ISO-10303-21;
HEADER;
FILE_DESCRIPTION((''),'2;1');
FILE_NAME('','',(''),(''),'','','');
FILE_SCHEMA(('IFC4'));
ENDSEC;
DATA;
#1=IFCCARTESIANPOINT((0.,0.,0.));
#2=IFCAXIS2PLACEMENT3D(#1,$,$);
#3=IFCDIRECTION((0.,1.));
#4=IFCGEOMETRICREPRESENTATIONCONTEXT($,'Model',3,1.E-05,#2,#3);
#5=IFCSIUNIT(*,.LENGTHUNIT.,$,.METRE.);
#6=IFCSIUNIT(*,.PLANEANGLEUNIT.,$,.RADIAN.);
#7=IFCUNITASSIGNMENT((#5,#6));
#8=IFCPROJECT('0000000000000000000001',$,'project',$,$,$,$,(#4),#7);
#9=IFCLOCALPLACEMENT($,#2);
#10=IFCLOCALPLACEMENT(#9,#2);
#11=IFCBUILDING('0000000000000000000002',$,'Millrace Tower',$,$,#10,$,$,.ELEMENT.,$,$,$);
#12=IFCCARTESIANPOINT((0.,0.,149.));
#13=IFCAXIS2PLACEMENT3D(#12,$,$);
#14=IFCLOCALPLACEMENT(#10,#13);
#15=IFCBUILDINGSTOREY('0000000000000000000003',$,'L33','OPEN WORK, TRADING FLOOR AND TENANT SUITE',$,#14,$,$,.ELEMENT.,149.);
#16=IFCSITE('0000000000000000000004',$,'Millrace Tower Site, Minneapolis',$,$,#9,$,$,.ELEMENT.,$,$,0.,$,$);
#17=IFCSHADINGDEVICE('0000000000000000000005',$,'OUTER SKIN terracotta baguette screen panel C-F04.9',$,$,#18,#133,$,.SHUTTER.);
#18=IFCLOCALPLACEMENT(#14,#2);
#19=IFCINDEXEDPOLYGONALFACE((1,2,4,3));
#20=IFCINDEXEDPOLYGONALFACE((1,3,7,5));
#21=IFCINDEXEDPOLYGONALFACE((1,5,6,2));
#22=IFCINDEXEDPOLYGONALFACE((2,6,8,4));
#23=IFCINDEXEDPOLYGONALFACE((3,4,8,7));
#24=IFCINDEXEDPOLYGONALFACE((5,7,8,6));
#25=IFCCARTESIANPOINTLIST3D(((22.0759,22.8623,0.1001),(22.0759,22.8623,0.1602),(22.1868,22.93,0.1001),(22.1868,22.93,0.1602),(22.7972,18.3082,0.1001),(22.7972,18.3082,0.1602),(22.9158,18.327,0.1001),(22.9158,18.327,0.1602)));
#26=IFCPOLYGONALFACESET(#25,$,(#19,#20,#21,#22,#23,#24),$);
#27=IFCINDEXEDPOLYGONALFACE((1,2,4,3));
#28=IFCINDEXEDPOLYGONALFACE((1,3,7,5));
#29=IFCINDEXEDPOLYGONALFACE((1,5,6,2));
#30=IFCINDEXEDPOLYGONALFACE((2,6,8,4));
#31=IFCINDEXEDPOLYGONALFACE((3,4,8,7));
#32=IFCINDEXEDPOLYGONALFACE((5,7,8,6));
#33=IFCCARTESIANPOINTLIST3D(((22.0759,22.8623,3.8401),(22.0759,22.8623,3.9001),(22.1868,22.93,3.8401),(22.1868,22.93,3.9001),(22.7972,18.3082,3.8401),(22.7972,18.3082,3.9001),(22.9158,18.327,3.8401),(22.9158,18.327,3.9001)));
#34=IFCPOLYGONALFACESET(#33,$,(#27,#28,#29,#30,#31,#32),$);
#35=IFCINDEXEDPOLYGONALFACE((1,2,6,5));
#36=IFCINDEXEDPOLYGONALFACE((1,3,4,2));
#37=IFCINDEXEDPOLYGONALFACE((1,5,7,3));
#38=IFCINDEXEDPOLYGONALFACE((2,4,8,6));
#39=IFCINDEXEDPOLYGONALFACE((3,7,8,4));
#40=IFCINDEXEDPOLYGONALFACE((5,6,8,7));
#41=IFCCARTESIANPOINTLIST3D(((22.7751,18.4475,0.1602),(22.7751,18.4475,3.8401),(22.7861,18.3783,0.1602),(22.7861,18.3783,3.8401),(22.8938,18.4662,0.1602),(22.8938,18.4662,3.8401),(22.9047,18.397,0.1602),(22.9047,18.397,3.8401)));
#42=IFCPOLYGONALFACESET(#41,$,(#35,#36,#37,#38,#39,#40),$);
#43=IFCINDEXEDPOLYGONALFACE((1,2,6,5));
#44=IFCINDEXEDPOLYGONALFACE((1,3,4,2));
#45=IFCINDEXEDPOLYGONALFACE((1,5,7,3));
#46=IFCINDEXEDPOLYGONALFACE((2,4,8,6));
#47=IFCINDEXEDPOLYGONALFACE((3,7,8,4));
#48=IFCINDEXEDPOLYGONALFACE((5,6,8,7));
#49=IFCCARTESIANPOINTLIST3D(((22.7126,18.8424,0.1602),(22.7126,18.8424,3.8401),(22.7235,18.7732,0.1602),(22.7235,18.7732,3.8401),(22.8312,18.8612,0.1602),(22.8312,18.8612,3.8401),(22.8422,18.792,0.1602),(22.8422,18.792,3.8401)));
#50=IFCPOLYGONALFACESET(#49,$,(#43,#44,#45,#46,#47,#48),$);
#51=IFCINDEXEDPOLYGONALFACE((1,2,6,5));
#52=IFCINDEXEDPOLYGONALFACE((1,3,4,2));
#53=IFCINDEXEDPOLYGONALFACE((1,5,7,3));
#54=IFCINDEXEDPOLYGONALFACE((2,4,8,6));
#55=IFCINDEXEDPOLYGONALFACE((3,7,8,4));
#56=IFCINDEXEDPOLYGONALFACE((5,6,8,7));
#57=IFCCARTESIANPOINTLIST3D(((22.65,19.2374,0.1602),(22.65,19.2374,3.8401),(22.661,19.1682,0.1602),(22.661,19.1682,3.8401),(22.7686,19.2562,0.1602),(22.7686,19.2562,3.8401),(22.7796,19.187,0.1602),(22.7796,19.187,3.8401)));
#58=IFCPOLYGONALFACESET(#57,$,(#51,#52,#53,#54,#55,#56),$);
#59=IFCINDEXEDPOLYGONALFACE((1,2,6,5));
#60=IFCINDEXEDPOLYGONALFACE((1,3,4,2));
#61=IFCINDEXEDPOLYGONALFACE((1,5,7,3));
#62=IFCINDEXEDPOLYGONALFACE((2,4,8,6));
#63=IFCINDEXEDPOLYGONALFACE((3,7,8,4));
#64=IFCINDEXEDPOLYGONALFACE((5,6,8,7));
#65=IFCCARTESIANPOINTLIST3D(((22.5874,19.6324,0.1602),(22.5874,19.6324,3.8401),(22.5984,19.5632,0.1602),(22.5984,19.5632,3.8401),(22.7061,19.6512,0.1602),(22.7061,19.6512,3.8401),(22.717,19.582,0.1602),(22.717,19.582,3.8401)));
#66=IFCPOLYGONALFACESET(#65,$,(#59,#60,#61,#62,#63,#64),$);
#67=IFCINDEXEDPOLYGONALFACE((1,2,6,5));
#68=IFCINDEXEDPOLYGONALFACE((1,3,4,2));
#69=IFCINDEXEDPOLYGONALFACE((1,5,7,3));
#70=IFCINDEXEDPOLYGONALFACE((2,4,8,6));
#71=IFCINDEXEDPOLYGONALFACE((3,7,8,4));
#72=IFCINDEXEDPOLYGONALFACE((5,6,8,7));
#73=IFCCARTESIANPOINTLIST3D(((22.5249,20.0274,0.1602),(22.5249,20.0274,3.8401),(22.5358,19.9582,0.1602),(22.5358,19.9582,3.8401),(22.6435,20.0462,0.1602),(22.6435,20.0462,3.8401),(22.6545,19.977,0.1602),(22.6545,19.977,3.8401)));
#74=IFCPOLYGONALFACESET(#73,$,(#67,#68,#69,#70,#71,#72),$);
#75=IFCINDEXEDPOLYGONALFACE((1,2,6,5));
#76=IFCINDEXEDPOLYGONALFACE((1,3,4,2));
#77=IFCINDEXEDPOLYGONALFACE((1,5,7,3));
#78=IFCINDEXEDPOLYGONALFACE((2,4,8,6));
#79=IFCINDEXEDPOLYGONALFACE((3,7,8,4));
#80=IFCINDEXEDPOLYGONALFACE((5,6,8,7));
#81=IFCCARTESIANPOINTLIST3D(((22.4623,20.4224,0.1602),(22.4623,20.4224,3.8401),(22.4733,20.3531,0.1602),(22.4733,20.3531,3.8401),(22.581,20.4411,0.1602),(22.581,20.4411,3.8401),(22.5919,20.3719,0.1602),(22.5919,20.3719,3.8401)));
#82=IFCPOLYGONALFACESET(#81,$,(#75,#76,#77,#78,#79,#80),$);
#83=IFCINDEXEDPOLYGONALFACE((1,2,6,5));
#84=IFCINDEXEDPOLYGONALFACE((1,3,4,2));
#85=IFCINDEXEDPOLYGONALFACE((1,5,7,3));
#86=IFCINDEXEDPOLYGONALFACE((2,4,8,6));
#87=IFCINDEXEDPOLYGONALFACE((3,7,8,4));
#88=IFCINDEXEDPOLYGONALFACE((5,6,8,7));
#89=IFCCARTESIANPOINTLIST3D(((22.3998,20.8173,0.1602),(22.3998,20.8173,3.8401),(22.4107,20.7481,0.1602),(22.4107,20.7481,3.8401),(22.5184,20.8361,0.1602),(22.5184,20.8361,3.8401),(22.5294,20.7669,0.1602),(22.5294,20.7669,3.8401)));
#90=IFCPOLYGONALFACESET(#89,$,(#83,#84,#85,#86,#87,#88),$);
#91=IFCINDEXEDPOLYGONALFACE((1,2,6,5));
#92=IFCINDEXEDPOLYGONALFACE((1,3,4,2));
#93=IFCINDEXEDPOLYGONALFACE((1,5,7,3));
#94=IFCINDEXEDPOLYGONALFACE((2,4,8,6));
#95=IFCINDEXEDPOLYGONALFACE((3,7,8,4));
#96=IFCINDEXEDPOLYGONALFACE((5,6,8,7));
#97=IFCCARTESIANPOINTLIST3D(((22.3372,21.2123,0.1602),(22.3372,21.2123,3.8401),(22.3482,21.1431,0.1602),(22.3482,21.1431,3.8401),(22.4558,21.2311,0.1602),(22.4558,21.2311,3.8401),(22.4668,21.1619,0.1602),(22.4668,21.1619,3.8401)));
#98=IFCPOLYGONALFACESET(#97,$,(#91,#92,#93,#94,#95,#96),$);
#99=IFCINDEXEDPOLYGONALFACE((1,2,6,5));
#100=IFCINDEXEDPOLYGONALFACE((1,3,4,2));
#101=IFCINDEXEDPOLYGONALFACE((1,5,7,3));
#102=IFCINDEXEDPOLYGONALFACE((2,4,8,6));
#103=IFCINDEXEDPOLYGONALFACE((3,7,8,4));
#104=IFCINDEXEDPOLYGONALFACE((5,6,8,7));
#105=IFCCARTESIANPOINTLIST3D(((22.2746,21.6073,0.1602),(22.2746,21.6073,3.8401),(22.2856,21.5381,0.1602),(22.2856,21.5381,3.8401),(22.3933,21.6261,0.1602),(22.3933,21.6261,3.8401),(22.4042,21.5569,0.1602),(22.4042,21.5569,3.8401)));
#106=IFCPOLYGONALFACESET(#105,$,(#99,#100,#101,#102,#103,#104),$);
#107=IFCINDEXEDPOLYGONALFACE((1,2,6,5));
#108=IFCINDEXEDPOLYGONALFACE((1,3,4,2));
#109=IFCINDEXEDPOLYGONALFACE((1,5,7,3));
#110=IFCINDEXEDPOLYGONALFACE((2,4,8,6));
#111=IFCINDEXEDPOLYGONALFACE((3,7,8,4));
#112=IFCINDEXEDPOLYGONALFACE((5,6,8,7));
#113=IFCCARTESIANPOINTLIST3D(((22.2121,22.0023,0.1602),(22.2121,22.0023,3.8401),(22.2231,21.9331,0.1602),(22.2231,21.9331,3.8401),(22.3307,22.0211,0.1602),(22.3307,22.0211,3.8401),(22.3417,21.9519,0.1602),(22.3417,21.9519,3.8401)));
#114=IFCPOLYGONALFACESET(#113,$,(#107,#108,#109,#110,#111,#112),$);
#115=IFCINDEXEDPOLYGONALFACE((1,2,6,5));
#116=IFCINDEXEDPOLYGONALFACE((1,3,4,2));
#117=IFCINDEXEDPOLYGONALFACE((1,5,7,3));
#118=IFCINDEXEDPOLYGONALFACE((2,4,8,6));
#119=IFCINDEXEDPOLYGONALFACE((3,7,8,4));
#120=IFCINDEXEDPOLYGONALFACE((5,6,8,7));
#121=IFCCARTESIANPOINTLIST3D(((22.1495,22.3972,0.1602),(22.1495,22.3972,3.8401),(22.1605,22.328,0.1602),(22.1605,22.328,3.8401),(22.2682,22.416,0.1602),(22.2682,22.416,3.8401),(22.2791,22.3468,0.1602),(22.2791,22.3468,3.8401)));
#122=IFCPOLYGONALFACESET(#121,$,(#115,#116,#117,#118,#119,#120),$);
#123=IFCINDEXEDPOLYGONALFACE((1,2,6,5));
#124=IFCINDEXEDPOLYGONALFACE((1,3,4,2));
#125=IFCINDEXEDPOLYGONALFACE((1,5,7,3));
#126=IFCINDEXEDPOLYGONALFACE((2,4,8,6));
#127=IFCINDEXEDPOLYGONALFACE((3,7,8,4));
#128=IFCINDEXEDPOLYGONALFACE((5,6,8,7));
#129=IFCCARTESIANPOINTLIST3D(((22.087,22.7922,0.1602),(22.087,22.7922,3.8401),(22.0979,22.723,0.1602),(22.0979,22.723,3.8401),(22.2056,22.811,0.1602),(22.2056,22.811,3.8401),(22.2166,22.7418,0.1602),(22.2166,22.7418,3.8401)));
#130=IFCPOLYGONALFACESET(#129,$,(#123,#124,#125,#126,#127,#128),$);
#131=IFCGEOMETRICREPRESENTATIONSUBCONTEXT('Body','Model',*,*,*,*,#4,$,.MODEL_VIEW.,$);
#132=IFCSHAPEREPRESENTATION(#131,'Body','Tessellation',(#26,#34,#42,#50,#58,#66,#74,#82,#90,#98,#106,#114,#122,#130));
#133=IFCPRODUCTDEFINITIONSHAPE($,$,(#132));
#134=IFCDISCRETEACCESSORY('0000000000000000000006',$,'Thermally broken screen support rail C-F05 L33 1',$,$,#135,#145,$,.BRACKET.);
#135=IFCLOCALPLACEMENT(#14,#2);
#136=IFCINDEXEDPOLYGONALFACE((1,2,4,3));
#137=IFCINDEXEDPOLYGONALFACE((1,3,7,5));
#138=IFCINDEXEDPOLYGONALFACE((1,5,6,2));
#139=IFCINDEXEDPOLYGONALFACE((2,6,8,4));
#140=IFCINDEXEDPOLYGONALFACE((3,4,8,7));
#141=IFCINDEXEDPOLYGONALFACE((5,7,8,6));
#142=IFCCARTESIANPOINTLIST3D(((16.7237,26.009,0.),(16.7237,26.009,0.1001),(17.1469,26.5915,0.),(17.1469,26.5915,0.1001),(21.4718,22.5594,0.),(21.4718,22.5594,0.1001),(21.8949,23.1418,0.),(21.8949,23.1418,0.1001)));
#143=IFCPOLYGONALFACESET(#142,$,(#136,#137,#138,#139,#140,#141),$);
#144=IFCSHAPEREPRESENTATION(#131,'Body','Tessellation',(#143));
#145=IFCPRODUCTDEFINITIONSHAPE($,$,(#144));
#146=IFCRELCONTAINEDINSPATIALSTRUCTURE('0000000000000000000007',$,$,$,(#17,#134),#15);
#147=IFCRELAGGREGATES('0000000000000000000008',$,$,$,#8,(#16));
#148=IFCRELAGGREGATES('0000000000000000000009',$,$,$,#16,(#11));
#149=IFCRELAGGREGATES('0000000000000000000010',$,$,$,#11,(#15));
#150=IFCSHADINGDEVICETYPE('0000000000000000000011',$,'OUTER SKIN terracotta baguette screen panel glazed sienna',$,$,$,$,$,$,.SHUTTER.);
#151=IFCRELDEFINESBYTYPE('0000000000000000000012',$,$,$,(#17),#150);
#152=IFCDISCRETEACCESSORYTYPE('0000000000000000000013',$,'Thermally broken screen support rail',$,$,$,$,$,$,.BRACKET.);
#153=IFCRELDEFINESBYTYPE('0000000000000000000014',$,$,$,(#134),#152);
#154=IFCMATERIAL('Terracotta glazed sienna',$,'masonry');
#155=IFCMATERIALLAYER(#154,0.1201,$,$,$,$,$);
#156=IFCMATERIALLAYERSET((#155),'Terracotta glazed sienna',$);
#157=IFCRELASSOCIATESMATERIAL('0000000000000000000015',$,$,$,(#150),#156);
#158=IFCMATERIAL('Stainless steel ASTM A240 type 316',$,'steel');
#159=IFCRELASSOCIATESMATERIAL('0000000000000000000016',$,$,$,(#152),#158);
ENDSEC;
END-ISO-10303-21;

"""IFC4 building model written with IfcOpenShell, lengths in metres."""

from ifc_helpers import new_model, entity, si_unit, direction, frame, frame_2d, origin, origin_2d, place, context, subcontext, project, spatial, rectangle, extrude, source, transform, mapped, material, layer, layer_set, type_object, element, save


model = new_model("IFC4")

# Units and contexts
model_context = context("Model", 3, precision=1e-05, world=origin(), true_north=direction((0.0, 1.0)))
body_context = subcontext(model_context, "Body", "Model", "MODEL_VIEW")
ifc_project = project(units=[si_unit("LENGTHUNIT", "METRE"), si_unit("PLANEANGLEUNIT", "RADIAN")], contexts=[model_context])

# Site, building, storey
site_placement = place(None, origin())
site = spatial("IfcSite", under=ifc_project, at=site_placement, Name="Millrace Tower Site, Minneapolis", CompositionType="ELEMENT", RefElevation=0.0)
building_placement = place(site_placement, origin())
building = spatial("IfcBuilding", under=site, at=building_placement, Name="Millrace Tower", CompositionType="ELEMENT")
storey_placement = place(building_placement, frame((0.0, 0.0, 149.0)))
storey = spatial("IfcBuildingStorey", under=building, at=storey_placement, Name="L33", Description="OPEN WORK, TRADING FLOOR AND TENANT SUITE", CompositionType="ELEMENT", Elevation=149.0)

# Shading device
ifc_material_1 = material(Name="Terracotta glazed sienna", Category="masonry")
ifc_layer_1 = layer(ifc_material_1, 0.1201)
ifc_layer_set_1 = layer_set([ifc_layer_1], Name="Terracotta glazed sienna")
shading_device_type = type_object("IfcShadingDeviceType", Name="OUTER SKIN terracotta baguette screen panel glazed sienna", PredefinedType="SHUTTER", material=ifc_layer_set_1)
cartesian_point_1 = entity("IfcCartesianPoint", [-2.3179, 0.0601])
shared_polyline_1 = entity("IfcPolyline", [cartesian_point_1, entity("IfcCartesianPoint", [2.293, 0.0601]), entity("IfcCartesianPoint", [2.3425, -0.0601]), entity("IfcCartesianPoint", [-2.3179, -0.0601]), cartesian_point_1])
shared_shape_1 = source(origin(), body_context, "Body", "SweptSolid", [
    entity("IfcExtrudedAreaSolid", entity("IfcArbitraryClosedProfileDef", "AREA", None, shared_polyline_1), entity("IfcAxis2Placement3D", entity("IfcCartesianPoint", [0.0, 0.0, 0.0])), entity("IfcDirection", [0.0, 0.0, 1.0]), 0.0601),
    entity("IfcExtrudedAreaSolid", entity("IfcArbitraryClosedProfileDef", "AREA", None, shared_polyline_1), entity("IfcAxis2Placement3D", entity("IfcCartesianPoint", [0.0, 0.0, 3.74])), entity("IfcDirection", [0.0, 0.0, 1.0]), 0.0601),
    extrude(rectangle(XDim=0.0701, YDim=0.1201, at=frame_2d((-2.2119, 0.0))), frame((0.0, 0.0, 0.0601)), (0.0, 0.0, 1.0), 3.6799),
    extrude(rectangle(XDim=0.0701, YDim=0.1201, at=frame_2d((-1.812, 0.0))), frame((0.0, 0.0, 0.0601)), (0.0, 0.0, 1.0), 3.6799),
    extrude(rectangle(XDim=0.0701, YDim=0.1201, at=frame_2d((-1.4121, 0.0))), frame((0.0, 0.0, 0.0601)), (0.0, 0.0, 1.0), 3.6799),
    extrude(rectangle(XDim=0.0701, YDim=0.1201, at=frame_2d((-1.0122, 0.0))), frame((0.0, 0.0, 0.0601)), (0.0, 0.0, 1.0), 3.6799),
    extrude(rectangle(XDim=0.0701, YDim=0.1201, at=frame_2d((-0.6123, 0.0))), frame((0.0, 0.0, 0.0601)), (0.0, 0.0, 1.0), 3.6799),
    extrude(rectangle(XDim=0.0701, YDim=0.1201, at=frame_2d((-0.2124, 0.0))), frame((0.0, 0.0, 0.0601)), (0.0, 0.0, 1.0), 3.6799),
    extrude(rectangle(XDim=0.0701, YDim=0.1201, at=frame_2d((0.1875, 0.0))), frame((0.0, 0.0, 0.0601)), (0.0, 0.0, 1.0), 3.6799),
    extrude(rectangle(XDim=0.0701, YDim=0.1201, at=frame_2d((0.5874, 0.0))), frame((0.0, 0.0, 0.0601)), (0.0, 0.0, 1.0), 3.6799),
    extrude(rectangle(XDim=0.0701, YDim=0.1201, at=frame_2d((0.9873, 0.0))), frame((0.0, 0.0, 0.0601)), (0.0, 0.0, 1.0), 3.6799),
    extrude(rectangle(XDim=0.0701, YDim=0.1201, at=frame_2d((1.3872, 0.0))), frame((0.0, 0.0, 0.0601)), (0.0, 0.0, 1.0), 3.6799),
    extrude(rectangle(XDim=0.0701, YDim=0.1201, at=frame_2d((1.7871, 0.0))), frame((0.0, 0.0, 0.0601)), (0.0, 0.0, 1.0), 3.6799),
    extrude(rectangle(XDim=0.0701, YDim=0.1201, at=frame_2d((2.187, 0.0))), frame((0.0, 0.0, 0.0601)), (0.0, 0.0, 1.0), 3.6799),
])
shading_device_1_placement = place(storey_placement, frame((22.4939, 20.6069, 0.1001), z_axis=(0.0, 0.0, 1.0), x_axis=(-0.156434, 0.987688, 0.0)))
element("IfcShadingDevice", 1, at=shading_device_1_placement, inside=storey, type_object=shading_device_type, Name="OUTER SKIN terracotta baguette screen panel C-F04.9", PredefinedType="SHUTTER", context=body_context, shape_type="MappedRepresentation", body=[
    mapped(shared_shape_1, transform((0.0, 0.0, 0.0), scale=1.0)),
])

# Discrete accessory
ifc_material_2 = material(Name="Stainless steel ASTM A240 type 316", Category="steel")
discrete_accessory_type = type_object("IfcDiscreteAccessoryType", Name="Thermally broken screen support rail", PredefinedType="BRACKET", material=ifc_material_2)
discrete_accessory_placement = place(storey_placement, frame((19.3093, 24.5754, 0.0), z_axis=(0.0, 0.0, 1.0), x_axis=(-0.809017, 0.587785, 0.0)))
element("IfcDiscreteAccessory", 2, at=discrete_accessory_placement, inside=storey, type_object=discrete_accessory_type, Name="Thermally broken screen support rail C-F05 L33 1", PredefinedType="BRACKET", context=body_context, shape_type="SweptSolid", body=[
    extrude(rectangle(XDim=5.8689, YDim=0.72, at=origin_2d()), origin(), (0.0, 0.0, 1.0), 0.1001),
])

save(model, "model.ifc")
